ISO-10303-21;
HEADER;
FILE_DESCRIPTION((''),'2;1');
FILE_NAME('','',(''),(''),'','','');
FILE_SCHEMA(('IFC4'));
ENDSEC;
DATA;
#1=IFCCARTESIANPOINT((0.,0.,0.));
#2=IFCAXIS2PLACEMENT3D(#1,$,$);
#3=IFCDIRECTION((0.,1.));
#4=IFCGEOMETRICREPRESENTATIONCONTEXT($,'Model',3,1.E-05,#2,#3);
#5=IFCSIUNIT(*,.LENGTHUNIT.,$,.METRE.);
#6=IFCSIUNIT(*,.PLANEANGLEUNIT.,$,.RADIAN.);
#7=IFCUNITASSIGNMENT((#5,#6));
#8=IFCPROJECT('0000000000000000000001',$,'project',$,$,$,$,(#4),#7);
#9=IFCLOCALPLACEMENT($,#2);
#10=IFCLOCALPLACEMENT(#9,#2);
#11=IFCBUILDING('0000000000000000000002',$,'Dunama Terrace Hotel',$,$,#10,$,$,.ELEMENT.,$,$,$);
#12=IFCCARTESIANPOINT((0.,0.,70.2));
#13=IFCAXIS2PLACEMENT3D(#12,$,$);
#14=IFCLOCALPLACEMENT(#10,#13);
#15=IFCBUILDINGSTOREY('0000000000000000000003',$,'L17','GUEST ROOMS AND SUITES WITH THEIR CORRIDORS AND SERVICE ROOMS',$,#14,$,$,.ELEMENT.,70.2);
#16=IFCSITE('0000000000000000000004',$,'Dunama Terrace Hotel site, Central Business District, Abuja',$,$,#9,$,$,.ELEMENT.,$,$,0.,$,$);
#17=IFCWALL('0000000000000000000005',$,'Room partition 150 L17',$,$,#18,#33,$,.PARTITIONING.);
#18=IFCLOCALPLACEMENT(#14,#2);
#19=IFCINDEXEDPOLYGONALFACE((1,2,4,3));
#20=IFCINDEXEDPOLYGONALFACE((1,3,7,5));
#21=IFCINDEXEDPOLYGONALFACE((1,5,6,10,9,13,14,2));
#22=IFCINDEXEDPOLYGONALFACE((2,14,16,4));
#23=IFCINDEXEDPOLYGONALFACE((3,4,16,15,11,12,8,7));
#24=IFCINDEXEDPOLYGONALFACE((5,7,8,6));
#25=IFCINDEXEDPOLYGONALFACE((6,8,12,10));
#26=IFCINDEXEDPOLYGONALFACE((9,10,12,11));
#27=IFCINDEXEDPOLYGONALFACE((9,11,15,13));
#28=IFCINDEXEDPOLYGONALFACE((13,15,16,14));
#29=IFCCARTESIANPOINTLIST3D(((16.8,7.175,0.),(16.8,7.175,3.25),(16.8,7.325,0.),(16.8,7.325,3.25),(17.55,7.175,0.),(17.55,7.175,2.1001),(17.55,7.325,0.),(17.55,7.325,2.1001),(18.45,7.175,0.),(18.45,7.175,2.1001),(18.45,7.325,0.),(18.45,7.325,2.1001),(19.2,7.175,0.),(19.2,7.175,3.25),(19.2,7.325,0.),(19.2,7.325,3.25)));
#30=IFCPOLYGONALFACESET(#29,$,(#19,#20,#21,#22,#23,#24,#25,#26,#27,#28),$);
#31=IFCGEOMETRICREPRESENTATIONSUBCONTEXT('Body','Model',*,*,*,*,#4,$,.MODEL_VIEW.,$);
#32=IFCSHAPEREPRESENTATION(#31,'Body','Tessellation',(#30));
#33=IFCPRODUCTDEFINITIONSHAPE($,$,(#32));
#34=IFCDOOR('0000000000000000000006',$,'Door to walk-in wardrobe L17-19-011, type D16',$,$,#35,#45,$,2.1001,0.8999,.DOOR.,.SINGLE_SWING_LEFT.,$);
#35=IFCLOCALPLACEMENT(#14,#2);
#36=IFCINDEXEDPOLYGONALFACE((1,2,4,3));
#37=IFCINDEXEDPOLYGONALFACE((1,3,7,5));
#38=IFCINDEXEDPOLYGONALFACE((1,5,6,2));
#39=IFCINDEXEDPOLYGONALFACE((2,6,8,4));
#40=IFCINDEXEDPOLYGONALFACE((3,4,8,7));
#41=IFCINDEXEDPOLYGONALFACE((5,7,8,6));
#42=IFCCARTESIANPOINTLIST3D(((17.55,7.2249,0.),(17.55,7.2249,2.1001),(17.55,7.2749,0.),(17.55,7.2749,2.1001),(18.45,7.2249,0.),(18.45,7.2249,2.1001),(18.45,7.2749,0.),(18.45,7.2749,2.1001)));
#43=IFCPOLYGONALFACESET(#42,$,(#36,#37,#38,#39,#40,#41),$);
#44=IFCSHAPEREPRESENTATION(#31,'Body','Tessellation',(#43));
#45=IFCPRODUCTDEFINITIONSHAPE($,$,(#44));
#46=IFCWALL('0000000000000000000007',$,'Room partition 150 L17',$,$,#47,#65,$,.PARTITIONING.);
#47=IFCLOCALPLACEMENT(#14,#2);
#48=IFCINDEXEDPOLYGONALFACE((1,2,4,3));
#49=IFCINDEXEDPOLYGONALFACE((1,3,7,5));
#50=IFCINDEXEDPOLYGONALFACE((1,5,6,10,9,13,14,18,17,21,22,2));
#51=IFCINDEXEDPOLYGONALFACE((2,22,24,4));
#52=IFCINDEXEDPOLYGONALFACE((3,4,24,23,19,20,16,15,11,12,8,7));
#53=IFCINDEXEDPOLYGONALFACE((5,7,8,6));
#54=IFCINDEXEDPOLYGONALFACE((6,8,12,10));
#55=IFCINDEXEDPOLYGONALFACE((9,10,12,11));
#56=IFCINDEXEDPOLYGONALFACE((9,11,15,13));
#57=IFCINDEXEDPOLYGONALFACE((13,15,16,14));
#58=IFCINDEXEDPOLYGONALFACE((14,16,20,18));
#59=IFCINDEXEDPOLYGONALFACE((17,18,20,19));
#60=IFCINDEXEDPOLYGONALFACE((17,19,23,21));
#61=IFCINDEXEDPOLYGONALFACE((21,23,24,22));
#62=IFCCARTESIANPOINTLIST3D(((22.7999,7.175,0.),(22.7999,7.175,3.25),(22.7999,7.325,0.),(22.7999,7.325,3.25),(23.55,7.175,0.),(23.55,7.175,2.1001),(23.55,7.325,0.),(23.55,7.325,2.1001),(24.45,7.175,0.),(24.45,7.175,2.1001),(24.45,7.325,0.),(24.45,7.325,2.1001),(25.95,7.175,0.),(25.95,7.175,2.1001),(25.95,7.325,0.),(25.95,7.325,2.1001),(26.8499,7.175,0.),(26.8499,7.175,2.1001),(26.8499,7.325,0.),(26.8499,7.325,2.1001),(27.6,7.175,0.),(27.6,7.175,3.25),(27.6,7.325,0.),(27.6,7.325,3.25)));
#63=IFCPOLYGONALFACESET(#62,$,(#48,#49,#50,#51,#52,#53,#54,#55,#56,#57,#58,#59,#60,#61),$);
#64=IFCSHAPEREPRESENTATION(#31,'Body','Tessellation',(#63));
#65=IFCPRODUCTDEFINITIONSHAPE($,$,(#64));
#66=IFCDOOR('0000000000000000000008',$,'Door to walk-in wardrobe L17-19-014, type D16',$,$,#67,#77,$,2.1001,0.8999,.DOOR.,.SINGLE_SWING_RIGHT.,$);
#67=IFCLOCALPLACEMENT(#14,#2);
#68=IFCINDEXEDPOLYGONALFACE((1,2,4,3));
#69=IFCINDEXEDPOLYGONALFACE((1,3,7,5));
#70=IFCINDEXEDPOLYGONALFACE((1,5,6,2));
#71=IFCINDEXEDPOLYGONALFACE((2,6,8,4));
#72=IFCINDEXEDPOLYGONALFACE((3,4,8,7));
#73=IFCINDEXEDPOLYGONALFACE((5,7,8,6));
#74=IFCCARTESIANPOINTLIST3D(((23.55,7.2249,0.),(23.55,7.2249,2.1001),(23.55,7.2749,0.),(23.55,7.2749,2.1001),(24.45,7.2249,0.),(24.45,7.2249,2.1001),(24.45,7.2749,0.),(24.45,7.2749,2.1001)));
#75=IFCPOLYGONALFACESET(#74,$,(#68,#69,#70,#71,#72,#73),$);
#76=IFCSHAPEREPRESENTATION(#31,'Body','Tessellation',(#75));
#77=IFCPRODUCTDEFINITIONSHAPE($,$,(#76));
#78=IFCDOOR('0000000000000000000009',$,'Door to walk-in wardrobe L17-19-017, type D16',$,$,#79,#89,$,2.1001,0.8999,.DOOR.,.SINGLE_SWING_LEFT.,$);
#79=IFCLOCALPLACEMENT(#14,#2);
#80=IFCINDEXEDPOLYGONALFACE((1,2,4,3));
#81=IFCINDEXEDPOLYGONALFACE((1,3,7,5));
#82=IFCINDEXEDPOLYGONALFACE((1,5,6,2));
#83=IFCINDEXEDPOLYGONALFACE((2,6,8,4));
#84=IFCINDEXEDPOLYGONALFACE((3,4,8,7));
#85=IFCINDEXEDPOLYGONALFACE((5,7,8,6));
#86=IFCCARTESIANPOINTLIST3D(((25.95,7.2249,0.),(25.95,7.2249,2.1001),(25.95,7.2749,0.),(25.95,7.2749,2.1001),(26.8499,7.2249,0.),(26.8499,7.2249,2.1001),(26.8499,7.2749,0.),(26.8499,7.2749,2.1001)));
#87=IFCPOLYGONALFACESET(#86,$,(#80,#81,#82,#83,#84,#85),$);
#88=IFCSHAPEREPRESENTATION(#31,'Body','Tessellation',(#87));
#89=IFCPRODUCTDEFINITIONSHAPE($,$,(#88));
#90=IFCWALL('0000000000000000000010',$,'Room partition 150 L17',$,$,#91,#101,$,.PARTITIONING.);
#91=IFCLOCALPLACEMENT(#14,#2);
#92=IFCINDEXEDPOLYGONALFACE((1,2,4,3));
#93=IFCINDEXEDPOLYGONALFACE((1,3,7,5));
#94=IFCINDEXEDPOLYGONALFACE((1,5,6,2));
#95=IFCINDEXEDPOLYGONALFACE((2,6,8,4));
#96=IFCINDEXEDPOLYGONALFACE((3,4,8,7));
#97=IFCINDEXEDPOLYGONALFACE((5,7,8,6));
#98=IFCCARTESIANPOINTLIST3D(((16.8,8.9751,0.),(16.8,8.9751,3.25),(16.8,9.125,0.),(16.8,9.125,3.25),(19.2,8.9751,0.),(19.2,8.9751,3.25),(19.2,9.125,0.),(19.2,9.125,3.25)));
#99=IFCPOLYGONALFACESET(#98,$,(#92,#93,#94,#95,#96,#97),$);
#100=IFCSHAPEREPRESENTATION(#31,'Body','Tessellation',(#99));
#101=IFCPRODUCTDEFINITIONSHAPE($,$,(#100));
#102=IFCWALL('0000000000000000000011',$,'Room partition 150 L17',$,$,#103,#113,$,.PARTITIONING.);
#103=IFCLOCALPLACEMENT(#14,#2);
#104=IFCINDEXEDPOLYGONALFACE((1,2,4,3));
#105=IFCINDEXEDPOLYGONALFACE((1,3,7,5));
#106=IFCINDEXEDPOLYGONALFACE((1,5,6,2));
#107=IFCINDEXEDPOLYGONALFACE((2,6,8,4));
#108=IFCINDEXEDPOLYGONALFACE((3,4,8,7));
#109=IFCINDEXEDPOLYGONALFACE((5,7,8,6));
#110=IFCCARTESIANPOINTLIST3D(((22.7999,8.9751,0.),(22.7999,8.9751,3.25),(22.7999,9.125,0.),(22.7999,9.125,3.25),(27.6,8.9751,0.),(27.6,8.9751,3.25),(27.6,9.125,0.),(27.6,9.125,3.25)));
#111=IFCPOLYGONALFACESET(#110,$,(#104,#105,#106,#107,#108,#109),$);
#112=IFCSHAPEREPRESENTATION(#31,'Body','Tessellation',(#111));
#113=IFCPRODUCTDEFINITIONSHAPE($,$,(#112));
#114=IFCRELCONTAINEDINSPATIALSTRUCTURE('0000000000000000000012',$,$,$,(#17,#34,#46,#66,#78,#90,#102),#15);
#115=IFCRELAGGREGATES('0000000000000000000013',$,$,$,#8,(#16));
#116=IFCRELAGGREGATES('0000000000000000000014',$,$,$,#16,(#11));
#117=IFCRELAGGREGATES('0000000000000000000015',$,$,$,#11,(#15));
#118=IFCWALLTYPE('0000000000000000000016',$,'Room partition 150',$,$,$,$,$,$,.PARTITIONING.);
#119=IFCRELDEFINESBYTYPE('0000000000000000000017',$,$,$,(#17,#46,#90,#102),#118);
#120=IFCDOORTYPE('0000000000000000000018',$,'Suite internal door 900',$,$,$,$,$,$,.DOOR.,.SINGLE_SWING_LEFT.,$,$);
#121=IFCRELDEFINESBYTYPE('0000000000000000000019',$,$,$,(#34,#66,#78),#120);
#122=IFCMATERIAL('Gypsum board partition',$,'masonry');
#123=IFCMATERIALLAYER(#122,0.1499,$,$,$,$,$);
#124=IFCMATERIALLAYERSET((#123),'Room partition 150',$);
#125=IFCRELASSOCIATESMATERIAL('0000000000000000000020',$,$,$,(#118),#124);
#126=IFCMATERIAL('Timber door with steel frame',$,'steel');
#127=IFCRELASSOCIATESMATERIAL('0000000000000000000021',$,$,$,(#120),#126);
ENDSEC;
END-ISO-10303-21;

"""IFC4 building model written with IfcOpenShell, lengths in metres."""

from ifc_helpers import new_model, si_unit, direction, frame, frame_2d, origin, place, context, subcontext, project, spatial, rectangle, extrude, material, layer, layer_set, type_object, element, fill, save


model = new_model("IFC4")

# Units and contexts
model_context = context("Model", 3, precision=1e-05, world=origin(), true_north=direction((0.0, 1.0)))
body_context = subcontext(model_context, "Body", "Model", "MODEL_VIEW")
ifc_project = project(units=[si_unit("LENGTHUNIT", "METRE"), si_unit("PLANEANGLEUNIT", "RADIAN")], contexts=[model_context])

# Site, building, storey
site_placement = place(None, origin())
site = spatial("IfcSite", under=ifc_project, at=site_placement, Name="Dunama Terrace Hotel site, Central Business District, Abuja", CompositionType="ELEMENT", RefElevation=0.0)
building_placement = place(site_placement, origin())
building = spatial("IfcBuilding", under=site, at=building_placement, Name="Dunama Terrace Hotel", CompositionType="ELEMENT")
storey_placement = place(building_placement, frame((0.0, 0.0, 70.2)))
storey = spatial("IfcBuildingStorey", under=building, at=storey_placement, Name="L17", Description="GUEST ROOMS AND SUITES WITH THEIR CORRIDORS AND SERVICE ROOMS", CompositionType="ELEMENT", Elevation=70.2)

# Shared definitions
ifc_material_1 = material(Name="Gypsum board partition", Category="masonry")
ifc_layer_1 = layer(ifc_material_1, 0.1499)
ifc_layer_set_1 = layer_set([ifc_layer_1], Name="Room partition 150")
wall_type_1 = type_object("IfcWallType", Name="Room partition 150", PredefinedType="PARTITIONING", material=ifc_layer_set_1)

# Wall, opening, door
wall_1_placement = place(storey_placement, frame((16.8, 7.25, 0.0), z_axis=(0.0, 0.0, 1.0), x_axis=(1.0, 0.0, 0.0)))
wall_1 = element("IfcWall", 1, at=wall_1_placement, inside=storey, type_object=wall_type_1, Name="Room partition 150 L17", PredefinedType="PARTITIONING", context=body_context, shape_type="SweptSolid", body=[
    extrude(rectangle(XDim=2.3999, YDim=0.1499, at=frame_2d((1.2, 0.0))), origin(), (0.0, 0.0, 1.0), 3.25),
])
opening_1_placement = place(wall_1_placement, frame((0.75, 0.0, 0.0)))
opening_1 = element("IfcOpeningElement", 2, at=opening_1_placement, cuts=wall_1, PredefinedType="OPENING", context=body_context, shape_type="SweptSolid", body=[
    extrude(rectangle(XDim=0.8999, YDim=2.1001, at=frame_2d((0.45, 1.05))), frame((0.0, 0.085, 0.0), z_axis=(0.0, -1.0, 0.0), x_axis=(1.0, 0.0, 0.0)), (0.0, 0.0, 1.0), 0.1699),
])
ifc_material_2 = material(Name="Timber door with steel frame", Category="steel")
door_type_1 = type_object("IfcDoorType", Name="Suite internal door 900", OperationType="SINGLE_SWING_LEFT", PredefinedType="DOOR", material=ifc_material_2)
door_1_placement = place(opening_1_placement, origin())
door_1 = element("IfcDoor", 3, at=door_1_placement, inside=storey, type_object=door_type_1, Name="Door to walk-in wardrobe L17-19-011, type D16", OperationType="SINGLE_SWING_LEFT", OverallHeight=2.1001, OverallWidth=0.8999, PredefinedType="DOOR", context=body_context, shape_type="SweptSolid", body=[
    extrude(rectangle(XDim=0.8999, YDim=2.1001, at=frame_2d((0.45, 1.05))), frame((0.0, 0.0249, 0.0), z_axis=(0.0, -1.0, 0.0), x_axis=(1.0, 0.0, 0.0)), (0.0, 0.0, 1.0), 0.05),
])
fill(opening_1, door_1)

# Wall, openings, doors
wall_2_placement = place(storey_placement, frame((22.8, 7.25, 0.0), z_axis=(0.0, 0.0, 1.0), x_axis=(1.0, 0.0, 0.0)))
wall_2 = element("IfcWall", 4, at=wall_2_placement, inside=storey, type_object=wall_type_1, Name="Room partition 150 L17", PredefinedType="PARTITIONING", context=body_context, shape_type="SweptSolid", body=[
    extrude(rectangle(XDim=4.8, YDim=0.1499, at=frame_2d((2.3999, 0.0))), origin(), (0.0, 0.0, 1.0), 3.25),
])
opening_2_placement = place(wall_2_placement, frame((0.75, 0.0, 0.0)))
opening_2 = element("IfcOpeningElement", 5, at=opening_2_placement, cuts=wall_2, PredefinedType="OPENING", context=body_context, shape_type="SweptSolid", body=[
    extrude(rectangle(XDim=0.8999, YDim=2.1001, at=frame_2d((0.45, 1.05))), frame((0.0, 0.085, 0.0), z_axis=(0.0, -1.0, 0.0), x_axis=(1.0, 0.0, 0.0)), (0.0, 0.0, 1.0), 0.1699),
])
opening_3_placement = place(wall_2_placement, frame((3.1499, 0.0, 0.0)))
opening_3 = element("IfcOpeningElement", 6, at=opening_3_placement, cuts=wall_2, PredefinedType="OPENING", context=body_context, shape_type="SweptSolid", body=[
    extrude(rectangle(XDim=0.8999, YDim=2.1001, at=frame_2d((0.45, 1.05))), frame((0.0, 0.085, 0.0), z_axis=(0.0, -1.0, 0.0), x_axis=(1.0, 0.0, 0.0)), (0.0, 0.0, 1.0), 0.1699),
])
door_2_placement = place(opening_2_placement, origin())
door_2 = element("IfcDoor", 7, at=door_2_placement, inside=storey, type_object=door_type_1, Name="Door to walk-in wardrobe L17-19-014, type D16", OperationType="SINGLE_SWING_RIGHT", OverallHeight=2.1001, OverallWidth=0.8999, PredefinedType="DOOR", context=body_context, shape_type="SweptSolid", body=[
    extrude(rectangle(XDim=0.8999, YDim=2.1001, at=frame_2d((0.45, 1.05))), frame((0.0, 0.0249, 0.0), z_axis=(0.0, -1.0, 0.0), x_axis=(1.0, 0.0, 0.0)), (0.0, 0.0, 1.0), 0.05),
])
fill(opening_2, door_2)
door_3_placement = place(opening_3_placement, origin())
door_3 = element("IfcDoor", 8, at=door_3_placement, inside=storey, type_object=door_type_1, Name="Door to walk-in wardrobe L17-19-017, type D16", OperationType="SINGLE_SWING_LEFT", OverallHeight=2.1001, OverallWidth=0.8999, PredefinedType="DOOR", context=body_context, shape_type="SweptSolid", body=[
    extrude(rectangle(XDim=0.8999, YDim=2.1001, at=frame_2d((0.45, 1.05))), frame((0.0, 0.0249, 0.0), z_axis=(0.0, -1.0, 0.0), x_axis=(1.0, 0.0, 0.0)), (0.0, 0.0, 1.0), 0.05),
])
fill(opening_3, door_3)

# Walls
wall_3_placement = place(storey_placement, frame((16.8, 9.05, 0.0), z_axis=(0.0, 0.0, 1.0), x_axis=(1.0, 0.0, 0.0)))
element("IfcWall", 9, at=wall_3_placement, inside=storey, type_object=wall_type_1, Name="Room partition 150 L17", PredefinedType="PARTITIONING", context=body_context, shape_type="SweptSolid", body=[
    extrude(rectangle(XDim=2.3999, YDim=0.1499, at=frame_2d((1.2, 0.0))), origin(), (0.0, 0.0, 1.0), 3.25),
])
wall_4_placement = place(storey_placement, frame((22.8, 9.05, 0.0), z_axis=(0.0, 0.0, 1.0), x_axis=(1.0, 0.0, 0.0)))
element("IfcWall", 10, at=wall_4_placement, inside=storey, type_object=wall_type_1, Name="Room partition 150 L17", PredefinedType="PARTITIONING", context=body_context, shape_type="SweptSolid", body=[
    extrude(rectangle(XDim=4.8, YDim=0.1499, at=frame_2d((2.3999, 0.0))), origin(), (0.0, 0.0, 1.0), 3.25),
])

save(model, "model.ifc")
